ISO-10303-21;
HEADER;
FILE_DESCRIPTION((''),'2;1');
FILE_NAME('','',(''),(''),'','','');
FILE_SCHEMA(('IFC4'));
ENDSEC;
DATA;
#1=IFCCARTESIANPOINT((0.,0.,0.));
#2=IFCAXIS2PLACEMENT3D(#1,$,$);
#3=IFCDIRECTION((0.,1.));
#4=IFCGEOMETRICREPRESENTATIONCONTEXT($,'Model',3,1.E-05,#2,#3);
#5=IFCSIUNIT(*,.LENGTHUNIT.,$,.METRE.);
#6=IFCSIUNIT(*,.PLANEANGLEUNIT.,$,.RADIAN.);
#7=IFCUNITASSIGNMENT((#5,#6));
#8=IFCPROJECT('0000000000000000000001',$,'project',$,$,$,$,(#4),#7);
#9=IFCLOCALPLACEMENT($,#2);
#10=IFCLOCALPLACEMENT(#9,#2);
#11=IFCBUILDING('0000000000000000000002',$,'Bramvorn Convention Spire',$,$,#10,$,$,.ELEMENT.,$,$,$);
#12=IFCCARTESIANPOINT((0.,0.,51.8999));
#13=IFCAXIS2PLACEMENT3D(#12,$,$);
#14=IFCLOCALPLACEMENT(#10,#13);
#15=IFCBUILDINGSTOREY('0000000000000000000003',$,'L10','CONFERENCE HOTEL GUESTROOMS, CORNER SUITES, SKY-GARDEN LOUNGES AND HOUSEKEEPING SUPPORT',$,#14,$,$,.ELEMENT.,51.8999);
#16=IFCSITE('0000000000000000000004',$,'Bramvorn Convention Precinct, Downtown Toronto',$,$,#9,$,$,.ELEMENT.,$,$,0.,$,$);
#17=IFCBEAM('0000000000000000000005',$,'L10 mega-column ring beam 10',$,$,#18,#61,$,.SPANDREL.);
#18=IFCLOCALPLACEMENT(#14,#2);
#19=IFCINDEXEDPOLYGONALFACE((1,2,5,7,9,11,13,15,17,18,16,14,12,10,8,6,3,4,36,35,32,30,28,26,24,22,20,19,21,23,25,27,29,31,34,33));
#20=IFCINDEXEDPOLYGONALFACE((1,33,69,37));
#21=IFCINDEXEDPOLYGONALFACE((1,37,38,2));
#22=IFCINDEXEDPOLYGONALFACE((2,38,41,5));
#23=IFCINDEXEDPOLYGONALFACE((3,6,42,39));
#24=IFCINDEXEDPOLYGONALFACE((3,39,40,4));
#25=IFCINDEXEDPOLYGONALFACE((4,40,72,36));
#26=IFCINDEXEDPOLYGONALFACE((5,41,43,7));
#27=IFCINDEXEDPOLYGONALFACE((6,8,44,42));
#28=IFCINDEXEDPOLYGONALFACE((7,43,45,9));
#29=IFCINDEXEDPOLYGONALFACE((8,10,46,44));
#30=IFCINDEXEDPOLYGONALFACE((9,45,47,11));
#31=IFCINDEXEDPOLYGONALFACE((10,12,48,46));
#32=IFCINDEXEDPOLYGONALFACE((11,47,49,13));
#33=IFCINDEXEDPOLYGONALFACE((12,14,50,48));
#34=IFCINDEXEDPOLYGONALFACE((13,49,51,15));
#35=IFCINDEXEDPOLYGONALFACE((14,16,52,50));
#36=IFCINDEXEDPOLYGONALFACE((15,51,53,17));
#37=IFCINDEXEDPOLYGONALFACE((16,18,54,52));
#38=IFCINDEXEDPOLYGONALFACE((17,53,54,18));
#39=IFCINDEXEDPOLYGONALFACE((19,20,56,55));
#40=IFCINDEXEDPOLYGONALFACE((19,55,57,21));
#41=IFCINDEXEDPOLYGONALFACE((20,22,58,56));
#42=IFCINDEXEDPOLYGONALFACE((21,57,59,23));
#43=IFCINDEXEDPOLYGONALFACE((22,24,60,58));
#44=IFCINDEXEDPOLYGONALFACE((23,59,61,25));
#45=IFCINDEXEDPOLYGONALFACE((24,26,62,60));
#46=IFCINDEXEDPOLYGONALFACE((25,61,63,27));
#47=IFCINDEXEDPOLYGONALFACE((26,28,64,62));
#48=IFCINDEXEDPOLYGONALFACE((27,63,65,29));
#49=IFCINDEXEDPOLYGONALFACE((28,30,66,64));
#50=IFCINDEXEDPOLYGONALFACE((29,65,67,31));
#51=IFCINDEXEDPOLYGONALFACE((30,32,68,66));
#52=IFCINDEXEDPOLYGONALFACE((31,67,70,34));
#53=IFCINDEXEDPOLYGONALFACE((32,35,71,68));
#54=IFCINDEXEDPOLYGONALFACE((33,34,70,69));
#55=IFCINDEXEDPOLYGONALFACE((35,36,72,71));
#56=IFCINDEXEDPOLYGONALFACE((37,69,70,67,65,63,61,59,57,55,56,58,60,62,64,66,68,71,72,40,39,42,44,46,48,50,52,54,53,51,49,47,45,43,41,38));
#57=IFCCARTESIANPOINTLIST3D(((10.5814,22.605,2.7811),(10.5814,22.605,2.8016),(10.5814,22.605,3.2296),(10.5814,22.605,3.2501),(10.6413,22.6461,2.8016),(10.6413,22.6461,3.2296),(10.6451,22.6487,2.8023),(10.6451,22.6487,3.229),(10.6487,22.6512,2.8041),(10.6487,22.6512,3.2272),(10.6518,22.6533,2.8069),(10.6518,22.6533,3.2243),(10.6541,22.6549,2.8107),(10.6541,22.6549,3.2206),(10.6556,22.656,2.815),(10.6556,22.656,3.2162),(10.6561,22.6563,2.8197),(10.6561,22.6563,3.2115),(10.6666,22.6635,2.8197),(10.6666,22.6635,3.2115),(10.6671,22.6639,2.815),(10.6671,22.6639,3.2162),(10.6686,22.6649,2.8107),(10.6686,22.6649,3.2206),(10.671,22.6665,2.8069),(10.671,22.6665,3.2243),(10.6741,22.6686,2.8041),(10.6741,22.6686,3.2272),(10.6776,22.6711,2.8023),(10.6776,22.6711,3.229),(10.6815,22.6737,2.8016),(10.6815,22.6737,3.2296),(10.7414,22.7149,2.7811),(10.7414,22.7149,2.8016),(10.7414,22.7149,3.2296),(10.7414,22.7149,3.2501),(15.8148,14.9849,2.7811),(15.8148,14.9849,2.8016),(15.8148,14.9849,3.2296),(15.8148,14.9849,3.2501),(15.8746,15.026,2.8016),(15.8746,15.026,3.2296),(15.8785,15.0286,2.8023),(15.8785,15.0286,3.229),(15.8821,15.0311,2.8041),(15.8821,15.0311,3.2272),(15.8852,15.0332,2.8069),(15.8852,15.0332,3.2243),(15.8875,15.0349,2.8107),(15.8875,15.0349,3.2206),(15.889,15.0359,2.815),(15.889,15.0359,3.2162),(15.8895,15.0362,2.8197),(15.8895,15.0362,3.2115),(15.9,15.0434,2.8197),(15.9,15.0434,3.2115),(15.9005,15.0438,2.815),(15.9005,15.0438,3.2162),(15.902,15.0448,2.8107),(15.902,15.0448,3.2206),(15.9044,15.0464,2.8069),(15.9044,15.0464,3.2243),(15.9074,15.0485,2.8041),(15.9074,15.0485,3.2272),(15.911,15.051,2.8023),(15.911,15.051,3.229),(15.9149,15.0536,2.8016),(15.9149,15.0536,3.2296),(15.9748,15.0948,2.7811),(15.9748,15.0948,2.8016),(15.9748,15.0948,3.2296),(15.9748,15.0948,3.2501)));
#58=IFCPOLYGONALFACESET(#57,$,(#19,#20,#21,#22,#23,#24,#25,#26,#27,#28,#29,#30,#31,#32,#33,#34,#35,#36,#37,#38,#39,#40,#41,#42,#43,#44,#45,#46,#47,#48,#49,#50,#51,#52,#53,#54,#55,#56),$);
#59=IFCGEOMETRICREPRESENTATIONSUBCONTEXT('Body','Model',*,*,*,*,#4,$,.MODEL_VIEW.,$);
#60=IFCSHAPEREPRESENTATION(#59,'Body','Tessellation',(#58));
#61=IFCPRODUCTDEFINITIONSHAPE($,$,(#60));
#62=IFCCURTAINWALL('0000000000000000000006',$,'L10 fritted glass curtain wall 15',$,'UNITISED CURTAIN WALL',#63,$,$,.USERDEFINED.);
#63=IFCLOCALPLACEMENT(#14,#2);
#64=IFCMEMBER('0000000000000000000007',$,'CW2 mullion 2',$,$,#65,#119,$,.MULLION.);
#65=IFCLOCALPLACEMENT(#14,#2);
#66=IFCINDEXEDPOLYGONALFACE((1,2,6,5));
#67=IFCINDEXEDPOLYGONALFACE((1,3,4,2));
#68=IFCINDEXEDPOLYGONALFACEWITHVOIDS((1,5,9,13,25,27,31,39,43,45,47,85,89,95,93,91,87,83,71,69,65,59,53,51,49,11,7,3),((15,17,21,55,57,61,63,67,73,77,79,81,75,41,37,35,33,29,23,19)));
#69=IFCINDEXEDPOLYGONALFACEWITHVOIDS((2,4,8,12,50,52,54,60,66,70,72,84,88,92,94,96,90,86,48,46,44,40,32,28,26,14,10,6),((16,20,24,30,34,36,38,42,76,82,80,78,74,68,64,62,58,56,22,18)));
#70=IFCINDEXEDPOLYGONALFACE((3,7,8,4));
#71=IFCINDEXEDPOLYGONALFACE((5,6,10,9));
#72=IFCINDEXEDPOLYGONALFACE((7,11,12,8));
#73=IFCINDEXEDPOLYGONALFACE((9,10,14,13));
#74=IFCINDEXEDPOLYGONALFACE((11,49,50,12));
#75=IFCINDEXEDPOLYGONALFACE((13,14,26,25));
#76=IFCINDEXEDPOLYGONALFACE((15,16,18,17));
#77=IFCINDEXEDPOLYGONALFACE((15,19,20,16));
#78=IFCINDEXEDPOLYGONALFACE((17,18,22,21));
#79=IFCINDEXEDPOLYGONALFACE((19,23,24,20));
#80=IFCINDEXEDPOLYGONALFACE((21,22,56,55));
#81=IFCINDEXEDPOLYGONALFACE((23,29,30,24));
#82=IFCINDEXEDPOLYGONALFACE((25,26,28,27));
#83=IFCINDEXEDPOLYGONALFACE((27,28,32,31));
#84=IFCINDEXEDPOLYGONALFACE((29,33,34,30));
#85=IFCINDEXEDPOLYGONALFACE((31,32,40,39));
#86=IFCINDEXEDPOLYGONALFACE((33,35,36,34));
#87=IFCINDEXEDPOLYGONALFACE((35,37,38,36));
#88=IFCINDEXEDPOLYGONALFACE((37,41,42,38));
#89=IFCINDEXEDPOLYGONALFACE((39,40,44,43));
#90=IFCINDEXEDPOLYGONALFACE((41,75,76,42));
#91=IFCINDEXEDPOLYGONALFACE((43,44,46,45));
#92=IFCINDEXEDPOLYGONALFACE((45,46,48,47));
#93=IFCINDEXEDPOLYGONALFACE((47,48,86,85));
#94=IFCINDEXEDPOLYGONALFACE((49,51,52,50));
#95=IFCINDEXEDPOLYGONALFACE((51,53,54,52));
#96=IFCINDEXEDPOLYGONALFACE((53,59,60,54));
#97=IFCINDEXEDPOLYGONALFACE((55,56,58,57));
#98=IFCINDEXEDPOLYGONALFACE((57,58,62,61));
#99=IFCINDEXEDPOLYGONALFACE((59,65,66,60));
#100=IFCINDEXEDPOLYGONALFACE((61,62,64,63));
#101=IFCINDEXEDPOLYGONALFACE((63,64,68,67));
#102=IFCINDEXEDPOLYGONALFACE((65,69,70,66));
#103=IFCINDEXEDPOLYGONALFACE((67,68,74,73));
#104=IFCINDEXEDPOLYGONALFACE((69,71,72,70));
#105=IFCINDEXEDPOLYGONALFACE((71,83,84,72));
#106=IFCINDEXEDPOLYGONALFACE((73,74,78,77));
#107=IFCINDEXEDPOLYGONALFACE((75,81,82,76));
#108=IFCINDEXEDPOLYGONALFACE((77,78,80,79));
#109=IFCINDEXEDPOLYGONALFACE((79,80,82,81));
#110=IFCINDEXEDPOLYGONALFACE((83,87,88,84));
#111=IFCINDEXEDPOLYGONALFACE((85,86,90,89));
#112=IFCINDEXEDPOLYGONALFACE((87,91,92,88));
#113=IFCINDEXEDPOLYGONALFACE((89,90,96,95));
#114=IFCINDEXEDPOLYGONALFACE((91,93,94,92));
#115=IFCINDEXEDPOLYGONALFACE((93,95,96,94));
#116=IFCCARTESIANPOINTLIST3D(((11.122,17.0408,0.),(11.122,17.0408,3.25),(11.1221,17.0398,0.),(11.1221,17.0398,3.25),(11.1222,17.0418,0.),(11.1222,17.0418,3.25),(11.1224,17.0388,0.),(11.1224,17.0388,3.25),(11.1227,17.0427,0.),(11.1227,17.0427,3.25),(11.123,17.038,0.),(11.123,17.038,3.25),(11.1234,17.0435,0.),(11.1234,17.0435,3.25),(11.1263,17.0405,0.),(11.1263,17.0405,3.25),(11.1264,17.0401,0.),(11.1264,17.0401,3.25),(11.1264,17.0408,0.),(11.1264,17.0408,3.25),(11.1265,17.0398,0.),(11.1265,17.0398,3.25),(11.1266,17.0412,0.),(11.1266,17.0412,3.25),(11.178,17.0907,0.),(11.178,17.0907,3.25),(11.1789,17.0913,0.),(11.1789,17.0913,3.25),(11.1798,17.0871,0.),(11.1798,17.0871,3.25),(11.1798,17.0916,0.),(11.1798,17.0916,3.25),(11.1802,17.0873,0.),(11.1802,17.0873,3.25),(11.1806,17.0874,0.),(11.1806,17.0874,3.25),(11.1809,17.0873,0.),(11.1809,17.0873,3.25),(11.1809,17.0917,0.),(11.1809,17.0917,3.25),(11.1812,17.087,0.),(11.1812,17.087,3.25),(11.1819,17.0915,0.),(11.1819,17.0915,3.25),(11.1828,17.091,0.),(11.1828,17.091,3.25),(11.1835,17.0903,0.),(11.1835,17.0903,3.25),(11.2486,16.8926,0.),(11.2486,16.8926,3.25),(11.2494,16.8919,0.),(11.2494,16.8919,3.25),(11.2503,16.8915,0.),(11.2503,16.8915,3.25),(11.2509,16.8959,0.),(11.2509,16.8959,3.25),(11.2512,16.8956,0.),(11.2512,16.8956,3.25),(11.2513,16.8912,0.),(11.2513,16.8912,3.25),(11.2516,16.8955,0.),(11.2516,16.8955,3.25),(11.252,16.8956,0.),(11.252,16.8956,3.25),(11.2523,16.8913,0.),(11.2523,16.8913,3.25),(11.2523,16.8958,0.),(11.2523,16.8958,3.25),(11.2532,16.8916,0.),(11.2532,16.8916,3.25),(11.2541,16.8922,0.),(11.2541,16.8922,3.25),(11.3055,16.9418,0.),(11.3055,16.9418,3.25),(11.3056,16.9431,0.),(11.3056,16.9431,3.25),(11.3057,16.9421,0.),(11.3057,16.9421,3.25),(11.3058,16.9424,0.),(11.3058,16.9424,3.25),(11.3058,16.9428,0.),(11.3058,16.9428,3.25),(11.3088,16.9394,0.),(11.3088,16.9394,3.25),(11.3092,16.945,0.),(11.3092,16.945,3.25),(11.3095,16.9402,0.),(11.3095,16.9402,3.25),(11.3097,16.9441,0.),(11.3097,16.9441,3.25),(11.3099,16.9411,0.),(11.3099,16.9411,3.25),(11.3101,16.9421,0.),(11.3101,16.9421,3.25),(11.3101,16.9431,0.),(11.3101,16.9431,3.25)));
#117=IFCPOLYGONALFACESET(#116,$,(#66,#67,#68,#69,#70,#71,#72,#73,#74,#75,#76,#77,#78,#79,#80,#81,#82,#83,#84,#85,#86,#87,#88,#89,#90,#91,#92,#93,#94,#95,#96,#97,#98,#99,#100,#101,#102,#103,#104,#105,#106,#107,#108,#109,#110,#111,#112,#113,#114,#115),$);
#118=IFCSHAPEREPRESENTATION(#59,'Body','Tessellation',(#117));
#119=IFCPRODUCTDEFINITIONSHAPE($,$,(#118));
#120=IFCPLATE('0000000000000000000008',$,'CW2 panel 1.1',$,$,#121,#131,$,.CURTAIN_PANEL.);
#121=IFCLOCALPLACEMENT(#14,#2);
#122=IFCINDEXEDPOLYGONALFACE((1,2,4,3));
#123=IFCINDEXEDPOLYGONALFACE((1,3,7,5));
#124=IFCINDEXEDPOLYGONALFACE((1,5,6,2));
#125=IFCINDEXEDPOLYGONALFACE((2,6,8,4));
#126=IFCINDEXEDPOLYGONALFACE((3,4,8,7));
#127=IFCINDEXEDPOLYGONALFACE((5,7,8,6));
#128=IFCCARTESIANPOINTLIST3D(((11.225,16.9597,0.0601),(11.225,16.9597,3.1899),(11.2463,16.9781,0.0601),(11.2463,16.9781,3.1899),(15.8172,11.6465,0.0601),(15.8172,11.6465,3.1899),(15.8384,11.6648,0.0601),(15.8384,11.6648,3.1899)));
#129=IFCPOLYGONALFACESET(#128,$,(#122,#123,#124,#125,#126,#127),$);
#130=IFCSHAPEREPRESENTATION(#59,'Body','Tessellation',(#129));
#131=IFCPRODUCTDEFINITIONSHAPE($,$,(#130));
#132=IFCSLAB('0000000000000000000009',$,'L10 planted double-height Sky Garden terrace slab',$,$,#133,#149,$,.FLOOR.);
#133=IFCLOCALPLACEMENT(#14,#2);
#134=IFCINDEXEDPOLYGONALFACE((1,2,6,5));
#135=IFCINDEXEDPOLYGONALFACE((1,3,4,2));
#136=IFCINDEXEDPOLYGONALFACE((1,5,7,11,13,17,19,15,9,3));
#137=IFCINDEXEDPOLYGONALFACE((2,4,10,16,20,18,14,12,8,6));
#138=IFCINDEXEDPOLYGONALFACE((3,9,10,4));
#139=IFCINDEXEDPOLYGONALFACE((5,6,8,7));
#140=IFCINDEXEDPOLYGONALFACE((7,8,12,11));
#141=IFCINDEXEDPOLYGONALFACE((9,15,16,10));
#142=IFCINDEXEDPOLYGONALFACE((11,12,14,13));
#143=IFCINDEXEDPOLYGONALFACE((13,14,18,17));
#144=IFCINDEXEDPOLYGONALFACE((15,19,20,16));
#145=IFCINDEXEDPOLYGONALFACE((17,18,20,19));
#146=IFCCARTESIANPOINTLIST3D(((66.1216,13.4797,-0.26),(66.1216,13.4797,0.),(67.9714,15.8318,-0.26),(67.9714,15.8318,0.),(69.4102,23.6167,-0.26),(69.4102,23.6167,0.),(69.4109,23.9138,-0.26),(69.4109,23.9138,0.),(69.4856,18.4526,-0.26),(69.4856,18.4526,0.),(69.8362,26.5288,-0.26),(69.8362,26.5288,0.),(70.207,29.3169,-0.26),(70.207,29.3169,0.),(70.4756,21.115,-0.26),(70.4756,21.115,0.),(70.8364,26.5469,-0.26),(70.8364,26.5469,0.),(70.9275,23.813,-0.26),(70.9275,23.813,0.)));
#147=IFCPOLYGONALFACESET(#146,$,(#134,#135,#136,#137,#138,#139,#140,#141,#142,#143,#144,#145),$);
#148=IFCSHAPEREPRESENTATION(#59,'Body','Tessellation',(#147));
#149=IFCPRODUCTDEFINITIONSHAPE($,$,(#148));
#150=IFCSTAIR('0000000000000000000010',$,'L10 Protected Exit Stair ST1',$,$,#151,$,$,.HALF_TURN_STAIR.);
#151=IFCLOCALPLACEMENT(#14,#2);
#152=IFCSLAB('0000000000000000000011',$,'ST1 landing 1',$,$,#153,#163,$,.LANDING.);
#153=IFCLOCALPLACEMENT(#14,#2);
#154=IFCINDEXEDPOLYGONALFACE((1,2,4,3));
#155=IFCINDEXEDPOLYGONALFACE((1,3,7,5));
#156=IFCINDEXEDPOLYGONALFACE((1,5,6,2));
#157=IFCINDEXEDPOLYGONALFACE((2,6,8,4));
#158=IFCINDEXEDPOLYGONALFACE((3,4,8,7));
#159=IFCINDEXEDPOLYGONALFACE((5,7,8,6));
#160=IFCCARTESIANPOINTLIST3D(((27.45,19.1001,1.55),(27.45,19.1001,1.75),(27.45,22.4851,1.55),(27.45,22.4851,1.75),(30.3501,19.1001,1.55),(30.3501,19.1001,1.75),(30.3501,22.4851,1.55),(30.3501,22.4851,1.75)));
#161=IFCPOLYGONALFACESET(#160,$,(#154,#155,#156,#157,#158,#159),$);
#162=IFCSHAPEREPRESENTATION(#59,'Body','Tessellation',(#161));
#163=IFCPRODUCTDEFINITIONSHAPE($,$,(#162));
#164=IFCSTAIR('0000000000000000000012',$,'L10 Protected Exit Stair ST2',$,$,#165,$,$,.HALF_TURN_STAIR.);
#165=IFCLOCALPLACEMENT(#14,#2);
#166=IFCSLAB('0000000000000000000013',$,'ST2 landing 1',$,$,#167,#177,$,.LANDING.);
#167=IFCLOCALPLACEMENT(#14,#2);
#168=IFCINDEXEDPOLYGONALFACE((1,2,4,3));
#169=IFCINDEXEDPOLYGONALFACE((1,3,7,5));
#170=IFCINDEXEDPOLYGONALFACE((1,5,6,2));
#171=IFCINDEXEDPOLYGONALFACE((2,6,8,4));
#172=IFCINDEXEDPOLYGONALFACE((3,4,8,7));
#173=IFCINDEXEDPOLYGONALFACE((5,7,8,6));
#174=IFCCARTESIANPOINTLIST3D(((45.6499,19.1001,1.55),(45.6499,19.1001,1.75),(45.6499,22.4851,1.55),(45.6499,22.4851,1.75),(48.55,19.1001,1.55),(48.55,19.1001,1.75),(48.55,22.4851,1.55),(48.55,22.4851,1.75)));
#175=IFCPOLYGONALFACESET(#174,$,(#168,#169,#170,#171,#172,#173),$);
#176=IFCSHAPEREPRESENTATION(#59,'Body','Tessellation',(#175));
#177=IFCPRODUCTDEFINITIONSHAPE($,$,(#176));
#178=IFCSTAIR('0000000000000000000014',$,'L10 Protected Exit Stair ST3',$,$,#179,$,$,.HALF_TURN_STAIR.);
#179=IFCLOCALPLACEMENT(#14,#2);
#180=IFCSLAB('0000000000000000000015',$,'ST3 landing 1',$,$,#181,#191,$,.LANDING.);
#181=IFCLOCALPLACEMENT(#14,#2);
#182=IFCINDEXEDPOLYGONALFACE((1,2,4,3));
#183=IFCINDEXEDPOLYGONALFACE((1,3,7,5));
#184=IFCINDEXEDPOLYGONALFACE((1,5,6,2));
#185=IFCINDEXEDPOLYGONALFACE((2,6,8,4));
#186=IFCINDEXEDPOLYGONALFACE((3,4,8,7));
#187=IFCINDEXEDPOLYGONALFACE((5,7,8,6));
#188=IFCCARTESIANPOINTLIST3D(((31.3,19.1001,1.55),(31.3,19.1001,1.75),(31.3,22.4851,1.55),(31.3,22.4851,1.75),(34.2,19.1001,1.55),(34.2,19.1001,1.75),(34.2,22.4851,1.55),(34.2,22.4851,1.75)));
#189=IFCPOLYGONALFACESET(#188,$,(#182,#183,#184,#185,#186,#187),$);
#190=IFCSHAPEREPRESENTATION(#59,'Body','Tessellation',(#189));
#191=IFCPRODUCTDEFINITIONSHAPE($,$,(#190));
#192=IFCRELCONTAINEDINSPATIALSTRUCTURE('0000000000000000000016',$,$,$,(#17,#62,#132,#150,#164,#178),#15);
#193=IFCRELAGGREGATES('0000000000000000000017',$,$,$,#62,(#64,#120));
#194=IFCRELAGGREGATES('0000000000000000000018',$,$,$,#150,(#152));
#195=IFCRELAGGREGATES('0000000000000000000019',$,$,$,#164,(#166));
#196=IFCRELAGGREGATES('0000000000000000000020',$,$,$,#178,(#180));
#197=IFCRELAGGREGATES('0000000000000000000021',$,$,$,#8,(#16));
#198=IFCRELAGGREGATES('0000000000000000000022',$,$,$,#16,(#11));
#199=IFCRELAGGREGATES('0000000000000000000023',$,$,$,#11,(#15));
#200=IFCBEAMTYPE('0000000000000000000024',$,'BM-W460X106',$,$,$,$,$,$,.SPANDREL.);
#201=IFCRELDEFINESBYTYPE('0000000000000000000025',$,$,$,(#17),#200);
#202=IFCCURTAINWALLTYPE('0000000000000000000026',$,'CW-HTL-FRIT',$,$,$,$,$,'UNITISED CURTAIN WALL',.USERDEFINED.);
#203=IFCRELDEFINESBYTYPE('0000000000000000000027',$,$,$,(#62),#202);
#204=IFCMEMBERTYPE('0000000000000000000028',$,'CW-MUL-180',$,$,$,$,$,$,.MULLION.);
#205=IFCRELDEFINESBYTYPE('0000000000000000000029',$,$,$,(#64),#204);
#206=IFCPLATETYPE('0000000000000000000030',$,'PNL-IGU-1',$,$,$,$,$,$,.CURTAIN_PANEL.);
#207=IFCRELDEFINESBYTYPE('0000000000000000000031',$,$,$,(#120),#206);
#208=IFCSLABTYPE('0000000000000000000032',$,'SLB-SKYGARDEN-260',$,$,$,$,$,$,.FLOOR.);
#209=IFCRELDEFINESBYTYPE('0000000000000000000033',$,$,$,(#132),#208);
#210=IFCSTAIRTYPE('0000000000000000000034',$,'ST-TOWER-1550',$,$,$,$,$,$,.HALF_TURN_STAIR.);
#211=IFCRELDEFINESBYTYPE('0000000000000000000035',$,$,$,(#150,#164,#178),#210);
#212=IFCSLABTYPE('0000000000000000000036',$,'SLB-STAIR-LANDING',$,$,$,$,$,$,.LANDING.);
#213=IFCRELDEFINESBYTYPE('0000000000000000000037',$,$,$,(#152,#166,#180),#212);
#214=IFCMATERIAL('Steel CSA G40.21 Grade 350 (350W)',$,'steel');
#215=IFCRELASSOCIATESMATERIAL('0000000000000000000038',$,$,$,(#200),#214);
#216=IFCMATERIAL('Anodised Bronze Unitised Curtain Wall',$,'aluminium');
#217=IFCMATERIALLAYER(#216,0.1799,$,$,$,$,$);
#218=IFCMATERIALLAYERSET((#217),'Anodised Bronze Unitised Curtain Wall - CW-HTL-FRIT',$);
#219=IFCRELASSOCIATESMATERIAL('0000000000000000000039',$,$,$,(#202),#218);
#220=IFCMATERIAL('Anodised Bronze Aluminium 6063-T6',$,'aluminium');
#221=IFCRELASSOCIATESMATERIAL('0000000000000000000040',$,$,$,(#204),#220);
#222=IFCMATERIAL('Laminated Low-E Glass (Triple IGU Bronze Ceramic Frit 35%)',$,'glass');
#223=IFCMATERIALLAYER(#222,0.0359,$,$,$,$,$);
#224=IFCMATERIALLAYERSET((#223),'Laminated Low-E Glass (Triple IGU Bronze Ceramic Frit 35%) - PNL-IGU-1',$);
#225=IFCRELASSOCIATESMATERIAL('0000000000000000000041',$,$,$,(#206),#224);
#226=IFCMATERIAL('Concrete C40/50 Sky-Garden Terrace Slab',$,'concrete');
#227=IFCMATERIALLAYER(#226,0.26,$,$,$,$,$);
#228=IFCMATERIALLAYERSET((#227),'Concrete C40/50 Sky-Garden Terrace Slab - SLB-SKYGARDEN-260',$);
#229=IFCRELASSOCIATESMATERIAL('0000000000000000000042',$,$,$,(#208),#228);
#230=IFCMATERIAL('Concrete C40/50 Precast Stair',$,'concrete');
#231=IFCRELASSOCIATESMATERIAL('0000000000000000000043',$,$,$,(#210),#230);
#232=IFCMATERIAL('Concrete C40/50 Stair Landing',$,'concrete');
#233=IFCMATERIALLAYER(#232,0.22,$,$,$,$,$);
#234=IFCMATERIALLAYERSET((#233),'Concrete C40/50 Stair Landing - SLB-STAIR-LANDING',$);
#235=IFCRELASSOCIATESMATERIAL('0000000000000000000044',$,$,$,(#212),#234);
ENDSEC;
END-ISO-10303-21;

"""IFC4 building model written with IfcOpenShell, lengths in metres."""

from ifc_helpers import new_model, si_unit, direction, frame, origin, origin_2d, place, context, subcontext, project, spatial, polyline, rectangle, hollow_rectangle, i_section, outline, extrude, material, layer, layer_set, material_profile, profile_set, type_object, element, aggregate, save


model = new_model("IFC4")

# Units and contexts
model_context = context("Model", 3, precision=1e-05, world=origin(), true_north=direction((0.0, 1.0)))
body_context = subcontext(model_context, "Body", "Model", "MODEL_VIEW")
ifc_project = project(units=[si_unit("LENGTHUNIT", "METRE"), si_unit("PLANEANGLEUNIT", "RADIAN")], contexts=[model_context])

# Site, building, storey
site_placement = place(None, origin())
site = spatial("IfcSite", under=ifc_project, at=site_placement, Name="Bramvorn Convention Precinct, Downtown Toronto", CompositionType="ELEMENT", RefElevation=0.0)
building_placement = place(site_placement, origin())
building = spatial("IfcBuilding", under=site, at=building_placement, Name="Bramvorn Convention Spire", CompositionType="ELEMENT")
storey_placement = place(building_placement, frame((0.0, 0.0, 51.8999)))
storey = spatial("IfcBuildingStorey", under=building, at=storey_placement, Name="L10", Description="CONFERENCE HOTEL GUESTROOMS, CORNER SUITES, SKY-GARDEN LOUNGES AND HOUSEKEEPING SUPPORT", CompositionType="ELEMENT", Elevation=51.8999)

# Shared definitions
ifc_material_1 = material(Name="Steel CSA G40.21 Grade 350 (350W)", Category="steel")

# Beam
ifc_material_profile_1 = material_profile(ifc_material_1, i_section(OverallWidth=0.1941, OverallDepth=0.469, WebThickness=0.0127, FlangeThickness=0.0205, FilletRadius=0.0181, at=origin_2d()))
ifc_profile_set_1 = profile_set([ifc_material_profile_1], Name="Steel CSA G40.21 Grade 350 (350W) - W460X106")
beam_type_1 = type_object("IfcBeamType", Name="BM-W460X106", PredefinedType="SPANDREL", material=ifc_profile_set_1)
beam_1_placement = place(storey_placement, frame((10.6614, 22.6599, 3.0156), z_axis=(0.56613, -0.824316, 0.0), x_axis=(0.824316, 0.56613, 0.0)))
element("IfcBeam", 1, at=beam_1_placement, inside=storey, type_object=beam_type_1, Name="L10 mega-column ring beam 10", PredefinedType="SPANDREL", context=body_context, shape_type="SweptSolid", body=[
    extrude(i_section(OverallWidth=0.1941, OverallDepth=0.469, WebThickness=0.0127, FlangeThickness=0.0205, FilletRadius=0.0181, at=origin_2d()), origin(), (0.0, 0.0, 1.0), 9.2441),
])

# Curtain wall, member, plate
ifc_material_2 = material(Name="Anodised Bronze Unitised Curtain Wall", Category="aluminium")
ifc_layer_1 = layer(ifc_material_2, 0.1799)
ifc_layer_set_1 = layer_set([ifc_layer_1], Name="Anodised Bronze Unitised Curtain Wall - CW-HTL-FRIT")
curtain_wall_type = type_object("IfcCurtainWallType", Name="CW-HTL-FRIT", ElementType="UNITISED CURTAIN WALL", PredefinedType="USERDEFINED", material=ifc_layer_set_1)
curtain_wall_placement = place(storey_placement, origin())
curtain_wall = element("IfcCurtainWall", 2, at=curtain_wall_placement, inside=storey, type_object=curtain_wall_type, Name="L10 fritted glass curtain wall 15", ObjectType="UNITISED CURTAIN WALL", PredefinedType="USERDEFINED")
ifc_material_3 = material(Name="Anodised Bronze Aluminium 6063-T6", Category="aluminium")
ifc_material_profile_2 = material_profile(ifc_material_3, hollow_rectangle(XDim=0.0801, YDim=0.2, WallThickness=0.0039, InnerFilletRadius=0.001, OuterFilletRadius=0.0039, at=origin_2d()))
ifc_profile_set_2 = profile_set([ifc_material_profile_2], Name="Anodised Bronze Aluminium 6063-T6 - CWM80X200")
member_type = type_object("IfcMemberType", Name="CW-MUL-180", PredefinedType="MULLION", material=ifc_profile_set_2)
member_placement = place(storey_placement, frame((11.2161, 16.9915, 0.0), z_axis=(0.0, 0.0, 1.0), x_axis=(-0.756579, -0.653902, 0.0)))
member = element("IfcMember", 3, at=member_placement, type_object=member_type, Name="CW2 mullion 2", PredefinedType="MULLION", context=body_context, shape_type="SweptSolid", body=[
    extrude(hollow_rectangle(XDim=0.0801, YDim=0.2, WallThickness=0.0039, InnerFilletRadius=0.001, OuterFilletRadius=0.0039, at=origin_2d()), origin(), (0.0, 0.0, 1.0), 3.25),
])
ifc_material_4 = material(Name="Laminated Low-E Glass (Triple IGU Bronze Ceramic Frit 35%)", Category="glass")
ifc_layer_2 = layer(ifc_material_4, 0.0359)
ifc_layer_set_2 = layer_set([ifc_layer_2], Name="Laminated Low-E Glass (Triple IGU Bronze Ceramic Frit 35%) - PNL-IGU-1")
plate_type = type_object("IfcPlateType", Name="PNL-IGU-1", PredefinedType="CURTAIN_PANEL", material=ifc_layer_set_2)
plate_placement = place(storey_placement, frame((13.5317, 14.3123, 0.0601), z_axis=(0.0, 0.0, 1.0), x_axis=(-0.653902, 0.756579, 0.0)))
plate = element("IfcPlate", 4, at=plate_placement, type_object=plate_type, Name="CW2 panel 1.1", PredefinedType="CURTAIN_PANEL", context=body_context, shape_type="SweptSolid", body=[
    extrude(rectangle(XDim=7.0227, YDim=0.0281, at=origin_2d()), origin(), (0.0, 0.0, 1.0), 3.1299),
])
aggregate(curtain_wall, [member, plate])

# Slab
ifc_material_5 = material(Name="Concrete C40/50 Sky-Garden Terrace Slab", Category="concrete")
ifc_layer_3 = layer(ifc_material_5, 0.26)
ifc_layer_set_3 = layer_set([ifc_layer_3], Name="Concrete C40/50 Sky-Garden Terrace Slab - SLB-SKYGARDEN-260")
slab_type_1 = type_object("IfcSlabType", Name="SLB-SKYGARDEN-260", PredefinedType="FLOOR", material=ifc_layer_set_3)
slab_1_placement = place(storey_placement, frame((0.0, 0.0, -0.26)))
element("IfcSlab", 5, at=slab_1_placement, inside=storey, type_object=slab_type_1, Name="L10 planted double-height Sky Garden terrace slab", PredefinedType="FLOOR", context=body_context, shape_type="SweptSolid", body=[
    extrude(outline(polyline([(70.207, 29.3169), (69.8362, 26.5288), (69.4109, 23.9138), (69.4102, 23.6167), (66.1216, 13.4797), (67.9714, 15.8318), (69.4856, 18.4526), (70.4756, 21.115), (70.9275, 23.813), (70.8364, 26.5469), (70.207, 29.3169)])), origin(), (0.0, 0.0, 1.0), 0.26),
])

# Stairs, slabs
ifc_material_6 = material(Name="Concrete C40/50 Precast Stair", Category="concrete")
stair_type = type_object("IfcStairType", Name="ST-TOWER-1550", PredefinedType="HALF_TURN_STAIR", material=ifc_material_6)
stair_1_placement = place(storey_placement, origin())
stair_1 = element("IfcStair", 6, at=stair_1_placement, inside=storey, type_object=stair_type, Name="L10 Protected Exit Stair ST1", PredefinedType="HALF_TURN_STAIR")
ifc_material_7 = material(Name="Concrete C40/50 Stair Landing", Category="concrete")
ifc_layer_4 = layer(ifc_material_7, 0.22)
ifc_layer_set_4 = layer_set([ifc_layer_4], Name="Concrete C40/50 Stair Landing - SLB-STAIR-LANDING")
slab_type_2 = type_object("IfcSlabType", Name="SLB-STAIR-LANDING", PredefinedType="LANDING", material=ifc_layer_set_4)
slab_2_placement = place(storey_placement, frame((0.0, 0.0, 1.55)))
slab_2 = element("IfcSlab", 7, at=slab_2_placement, type_object=slab_type_2, Name="ST1 landing 1", PredefinedType="LANDING", context=body_context, shape_type="SweptSolid", body=[
    extrude(outline(polyline([(27.45, 22.4851), (27.45, 19.1001), (30.3501, 19.1001), (30.3501, 22.4851), (27.45, 22.4851)])), origin(), (0.0, 0.0, 1.0), 0.2),
])
aggregate(stair_1, [slab_2])
stair_2_placement = place(storey_placement, origin())
stair_2 = element("IfcStair", 8, at=stair_2_placement, inside=storey, type_object=stair_type, Name="L10 Protected Exit Stair ST2", PredefinedType="HALF_TURN_STAIR")
slab_3_placement = place(storey_placement, frame((0.0, 0.0, 1.55)))
slab_3 = element("IfcSlab", 9, at=slab_3_placement, type_object=slab_type_2, Name="ST2 landing 1", PredefinedType="LANDING", context=body_context, shape_type="SweptSolid", body=[
    extrude(outline(polyline([(45.6499, 22.4851), (45.6499, 19.1001), (48.55, 19.1001), (48.55, 22.4851), (45.6499, 22.4851)])), origin(), (0.0, 0.0, 1.0), 0.2),
])
aggregate(stair_2, [slab_3])
stair_3_placement = place(storey_placement, origin())
stair_3 = element("IfcStair", 10, at=stair_3_placement, inside=storey, type_object=stair_type, Name="L10 Protected Exit Stair ST3", PredefinedType="HALF_TURN_STAIR")
slab_4_placement = place(storey_placement, frame((0.0, 0.0, 1.55)))
slab_4 = element("IfcSlab", 11, at=slab_4_placement, type_object=slab_type_2, Name="ST3 landing 1", PredefinedType="LANDING", context=body_context, shape_type="SweptSolid", body=[
    extrude(outline(polyline([(31.3, 22.4851), (31.3, 19.1001), (34.2, 19.1001), (34.2, 22.4851), (31.3, 22.4851)])), origin(), (0.0, 0.0, 1.0), 0.2),
])
aggregate(stair_3, [slab_4])

save(model, "model.ifc")
